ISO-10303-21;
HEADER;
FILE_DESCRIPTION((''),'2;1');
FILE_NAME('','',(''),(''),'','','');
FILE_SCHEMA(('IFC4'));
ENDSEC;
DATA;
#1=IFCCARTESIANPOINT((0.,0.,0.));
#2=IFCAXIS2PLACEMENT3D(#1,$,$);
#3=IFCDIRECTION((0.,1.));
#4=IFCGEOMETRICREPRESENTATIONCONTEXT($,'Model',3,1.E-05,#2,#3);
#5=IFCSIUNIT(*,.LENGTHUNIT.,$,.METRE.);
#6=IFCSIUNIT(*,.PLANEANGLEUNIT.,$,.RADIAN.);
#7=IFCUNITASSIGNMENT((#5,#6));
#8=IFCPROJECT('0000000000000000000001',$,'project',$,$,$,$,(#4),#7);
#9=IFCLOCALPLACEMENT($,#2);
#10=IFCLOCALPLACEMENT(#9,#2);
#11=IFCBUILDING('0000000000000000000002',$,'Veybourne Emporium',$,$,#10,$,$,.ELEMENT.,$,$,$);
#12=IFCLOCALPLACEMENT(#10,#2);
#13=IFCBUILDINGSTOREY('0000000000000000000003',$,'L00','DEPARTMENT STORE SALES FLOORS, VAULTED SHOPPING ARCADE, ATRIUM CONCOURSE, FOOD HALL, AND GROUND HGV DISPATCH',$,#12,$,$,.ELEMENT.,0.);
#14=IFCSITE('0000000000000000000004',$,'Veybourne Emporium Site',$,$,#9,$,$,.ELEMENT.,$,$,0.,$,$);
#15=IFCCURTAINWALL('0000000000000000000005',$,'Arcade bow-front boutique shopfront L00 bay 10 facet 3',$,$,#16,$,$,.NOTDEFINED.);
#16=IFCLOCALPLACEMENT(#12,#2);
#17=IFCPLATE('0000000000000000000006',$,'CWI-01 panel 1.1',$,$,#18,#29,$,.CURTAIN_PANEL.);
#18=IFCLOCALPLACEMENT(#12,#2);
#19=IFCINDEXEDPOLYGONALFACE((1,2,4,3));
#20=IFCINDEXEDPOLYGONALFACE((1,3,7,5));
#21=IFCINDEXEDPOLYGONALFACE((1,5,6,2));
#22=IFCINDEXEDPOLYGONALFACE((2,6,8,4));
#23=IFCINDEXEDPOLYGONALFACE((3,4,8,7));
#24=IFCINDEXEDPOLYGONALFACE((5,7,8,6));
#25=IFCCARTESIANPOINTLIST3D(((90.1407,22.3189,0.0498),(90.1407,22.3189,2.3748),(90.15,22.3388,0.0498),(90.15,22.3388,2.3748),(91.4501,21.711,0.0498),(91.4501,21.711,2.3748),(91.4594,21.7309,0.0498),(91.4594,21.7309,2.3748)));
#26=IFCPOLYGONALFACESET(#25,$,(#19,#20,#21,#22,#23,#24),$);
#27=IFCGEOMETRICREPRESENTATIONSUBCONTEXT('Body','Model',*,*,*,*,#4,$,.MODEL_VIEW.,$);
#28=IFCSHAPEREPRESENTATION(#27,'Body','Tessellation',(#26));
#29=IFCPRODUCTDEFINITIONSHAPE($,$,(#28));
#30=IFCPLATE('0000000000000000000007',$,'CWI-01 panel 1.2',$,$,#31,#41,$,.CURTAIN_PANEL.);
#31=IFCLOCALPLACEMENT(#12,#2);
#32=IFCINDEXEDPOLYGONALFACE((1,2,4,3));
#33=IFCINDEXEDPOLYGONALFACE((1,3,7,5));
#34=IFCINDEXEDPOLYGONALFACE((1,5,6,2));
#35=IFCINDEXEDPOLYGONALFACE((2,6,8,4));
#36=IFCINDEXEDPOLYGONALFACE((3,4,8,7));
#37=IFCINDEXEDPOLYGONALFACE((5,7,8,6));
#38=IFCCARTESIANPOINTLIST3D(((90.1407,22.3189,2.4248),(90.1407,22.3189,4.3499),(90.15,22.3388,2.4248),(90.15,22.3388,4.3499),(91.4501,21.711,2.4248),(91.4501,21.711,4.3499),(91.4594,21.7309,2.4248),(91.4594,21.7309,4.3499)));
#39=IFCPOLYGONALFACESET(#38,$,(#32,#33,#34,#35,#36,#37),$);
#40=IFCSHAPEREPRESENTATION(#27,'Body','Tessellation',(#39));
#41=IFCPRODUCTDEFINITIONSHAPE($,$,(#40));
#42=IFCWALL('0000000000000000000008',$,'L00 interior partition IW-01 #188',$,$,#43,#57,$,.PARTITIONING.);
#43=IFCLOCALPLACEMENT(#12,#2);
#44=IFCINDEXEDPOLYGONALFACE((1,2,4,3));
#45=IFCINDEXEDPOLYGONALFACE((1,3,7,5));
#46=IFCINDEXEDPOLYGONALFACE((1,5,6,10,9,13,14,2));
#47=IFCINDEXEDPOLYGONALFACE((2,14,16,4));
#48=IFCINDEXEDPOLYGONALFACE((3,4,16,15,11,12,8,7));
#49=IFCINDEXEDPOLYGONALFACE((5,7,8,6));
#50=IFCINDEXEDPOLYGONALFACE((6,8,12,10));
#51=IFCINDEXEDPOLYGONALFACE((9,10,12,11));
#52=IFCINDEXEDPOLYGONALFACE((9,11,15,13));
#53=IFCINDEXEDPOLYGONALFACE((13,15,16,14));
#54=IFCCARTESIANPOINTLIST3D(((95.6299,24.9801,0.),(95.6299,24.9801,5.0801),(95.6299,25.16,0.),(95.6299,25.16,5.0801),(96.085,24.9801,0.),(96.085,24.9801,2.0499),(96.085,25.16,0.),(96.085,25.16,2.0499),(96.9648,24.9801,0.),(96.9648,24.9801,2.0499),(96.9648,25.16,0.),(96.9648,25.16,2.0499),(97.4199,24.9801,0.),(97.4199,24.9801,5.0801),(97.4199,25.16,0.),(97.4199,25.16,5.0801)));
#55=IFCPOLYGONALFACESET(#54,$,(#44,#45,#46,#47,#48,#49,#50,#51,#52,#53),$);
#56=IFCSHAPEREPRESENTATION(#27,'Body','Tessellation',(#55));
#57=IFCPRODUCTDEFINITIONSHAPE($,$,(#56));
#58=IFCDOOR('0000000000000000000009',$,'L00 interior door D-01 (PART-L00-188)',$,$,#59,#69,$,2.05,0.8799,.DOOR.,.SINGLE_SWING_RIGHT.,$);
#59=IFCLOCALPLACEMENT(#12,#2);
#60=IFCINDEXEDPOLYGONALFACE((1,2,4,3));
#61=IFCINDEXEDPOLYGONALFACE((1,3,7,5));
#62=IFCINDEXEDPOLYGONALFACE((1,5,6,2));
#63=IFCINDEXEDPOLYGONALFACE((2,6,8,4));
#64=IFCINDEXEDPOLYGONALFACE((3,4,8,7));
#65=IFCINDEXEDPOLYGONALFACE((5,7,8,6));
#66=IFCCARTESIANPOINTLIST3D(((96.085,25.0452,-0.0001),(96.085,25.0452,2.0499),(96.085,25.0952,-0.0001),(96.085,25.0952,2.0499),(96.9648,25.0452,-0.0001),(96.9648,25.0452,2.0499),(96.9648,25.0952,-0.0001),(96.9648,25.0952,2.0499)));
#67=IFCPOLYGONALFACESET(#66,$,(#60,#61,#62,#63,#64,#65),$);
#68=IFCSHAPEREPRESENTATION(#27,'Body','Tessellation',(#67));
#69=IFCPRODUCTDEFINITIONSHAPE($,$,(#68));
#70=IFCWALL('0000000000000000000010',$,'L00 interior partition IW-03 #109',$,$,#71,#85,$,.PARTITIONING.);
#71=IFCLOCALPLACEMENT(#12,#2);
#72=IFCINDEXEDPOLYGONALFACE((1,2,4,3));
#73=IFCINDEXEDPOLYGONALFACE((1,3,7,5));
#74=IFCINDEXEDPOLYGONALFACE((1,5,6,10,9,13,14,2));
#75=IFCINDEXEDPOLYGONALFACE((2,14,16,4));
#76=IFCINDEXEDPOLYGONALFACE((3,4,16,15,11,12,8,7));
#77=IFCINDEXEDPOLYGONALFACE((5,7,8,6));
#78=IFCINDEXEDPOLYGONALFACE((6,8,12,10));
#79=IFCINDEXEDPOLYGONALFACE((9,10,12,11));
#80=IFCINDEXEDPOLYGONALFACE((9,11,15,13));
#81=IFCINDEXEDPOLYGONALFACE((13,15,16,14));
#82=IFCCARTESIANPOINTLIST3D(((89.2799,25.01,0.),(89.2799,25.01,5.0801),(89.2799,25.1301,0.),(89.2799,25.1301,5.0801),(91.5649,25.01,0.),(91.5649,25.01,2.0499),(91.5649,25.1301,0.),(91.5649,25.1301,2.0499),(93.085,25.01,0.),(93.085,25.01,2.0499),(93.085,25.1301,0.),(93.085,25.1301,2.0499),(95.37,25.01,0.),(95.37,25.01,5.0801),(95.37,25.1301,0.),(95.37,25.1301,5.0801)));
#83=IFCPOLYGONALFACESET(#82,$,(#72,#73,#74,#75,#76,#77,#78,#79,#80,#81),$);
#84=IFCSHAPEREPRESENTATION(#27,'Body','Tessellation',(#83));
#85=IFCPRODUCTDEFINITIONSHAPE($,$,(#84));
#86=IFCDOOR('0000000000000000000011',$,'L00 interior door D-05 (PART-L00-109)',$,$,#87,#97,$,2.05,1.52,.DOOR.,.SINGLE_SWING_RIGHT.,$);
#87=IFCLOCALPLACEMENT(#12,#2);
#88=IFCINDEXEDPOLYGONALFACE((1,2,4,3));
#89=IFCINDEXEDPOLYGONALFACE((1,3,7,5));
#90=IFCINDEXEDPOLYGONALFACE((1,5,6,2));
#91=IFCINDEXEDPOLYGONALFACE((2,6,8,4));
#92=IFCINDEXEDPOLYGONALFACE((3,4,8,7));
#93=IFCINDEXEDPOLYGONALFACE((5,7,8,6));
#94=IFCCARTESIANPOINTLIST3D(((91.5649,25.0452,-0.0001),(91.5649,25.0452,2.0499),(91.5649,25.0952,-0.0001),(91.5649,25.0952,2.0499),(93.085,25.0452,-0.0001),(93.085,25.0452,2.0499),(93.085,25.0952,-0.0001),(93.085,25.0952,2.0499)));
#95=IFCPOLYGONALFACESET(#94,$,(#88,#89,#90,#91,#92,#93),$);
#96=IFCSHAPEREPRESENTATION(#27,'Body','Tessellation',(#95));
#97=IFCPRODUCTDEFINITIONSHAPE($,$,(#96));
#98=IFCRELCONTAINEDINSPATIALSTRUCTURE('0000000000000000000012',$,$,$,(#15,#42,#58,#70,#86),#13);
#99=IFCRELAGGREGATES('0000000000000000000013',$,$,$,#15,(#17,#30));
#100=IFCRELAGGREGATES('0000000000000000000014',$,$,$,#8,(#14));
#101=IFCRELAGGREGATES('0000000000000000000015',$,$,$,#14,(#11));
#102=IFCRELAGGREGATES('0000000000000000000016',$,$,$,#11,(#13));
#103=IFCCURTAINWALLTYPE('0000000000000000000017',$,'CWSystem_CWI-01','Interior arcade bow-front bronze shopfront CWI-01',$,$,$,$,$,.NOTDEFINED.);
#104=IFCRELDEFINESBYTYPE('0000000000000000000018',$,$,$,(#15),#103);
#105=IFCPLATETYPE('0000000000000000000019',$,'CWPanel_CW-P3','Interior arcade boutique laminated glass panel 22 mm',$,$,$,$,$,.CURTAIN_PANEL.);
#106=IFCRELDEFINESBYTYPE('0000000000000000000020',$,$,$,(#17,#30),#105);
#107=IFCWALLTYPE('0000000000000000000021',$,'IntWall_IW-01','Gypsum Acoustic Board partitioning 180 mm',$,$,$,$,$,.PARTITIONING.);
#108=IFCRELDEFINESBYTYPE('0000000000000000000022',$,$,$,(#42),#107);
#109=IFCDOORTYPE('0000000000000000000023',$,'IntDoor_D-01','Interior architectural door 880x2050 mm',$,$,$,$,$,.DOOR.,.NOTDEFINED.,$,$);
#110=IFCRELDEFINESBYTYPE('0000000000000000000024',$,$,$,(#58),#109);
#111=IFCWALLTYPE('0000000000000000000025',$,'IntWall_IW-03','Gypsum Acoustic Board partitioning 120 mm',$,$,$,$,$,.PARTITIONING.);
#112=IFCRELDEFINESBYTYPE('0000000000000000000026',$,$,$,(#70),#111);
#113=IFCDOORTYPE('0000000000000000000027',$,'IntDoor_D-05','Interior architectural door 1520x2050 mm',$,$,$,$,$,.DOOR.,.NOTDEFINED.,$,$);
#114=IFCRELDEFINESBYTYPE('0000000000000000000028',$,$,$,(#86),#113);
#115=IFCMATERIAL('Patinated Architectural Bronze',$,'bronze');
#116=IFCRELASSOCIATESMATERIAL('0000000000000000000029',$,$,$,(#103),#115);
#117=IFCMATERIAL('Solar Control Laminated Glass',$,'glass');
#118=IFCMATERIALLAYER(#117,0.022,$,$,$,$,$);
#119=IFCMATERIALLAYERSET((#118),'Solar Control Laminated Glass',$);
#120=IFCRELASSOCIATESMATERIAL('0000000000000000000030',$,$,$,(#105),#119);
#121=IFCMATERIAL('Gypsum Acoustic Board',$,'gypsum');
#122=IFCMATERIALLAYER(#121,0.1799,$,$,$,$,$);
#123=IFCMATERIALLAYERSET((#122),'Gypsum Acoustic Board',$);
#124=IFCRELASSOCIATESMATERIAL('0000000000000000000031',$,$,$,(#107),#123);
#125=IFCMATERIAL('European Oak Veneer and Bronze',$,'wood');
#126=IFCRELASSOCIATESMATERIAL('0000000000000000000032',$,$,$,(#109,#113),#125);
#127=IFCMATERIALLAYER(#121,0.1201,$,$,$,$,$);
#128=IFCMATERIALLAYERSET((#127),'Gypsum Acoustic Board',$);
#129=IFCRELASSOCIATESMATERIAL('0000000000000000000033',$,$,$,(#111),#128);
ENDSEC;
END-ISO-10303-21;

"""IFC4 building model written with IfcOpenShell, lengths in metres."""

from ifc_helpers import new_model, si_unit, direction, frame, frame_2d, origin, origin_2d, place, context, subcontext, project, spatial, rectangle, extrude, material, layer, layer_set, type_object, element, fill, aggregate, save


model = new_model("IFC4")

# Units and contexts
model_context = context("Model", 3, precision=1e-05, world=origin(), true_north=direction((0.0, 1.0)))
body_context = subcontext(model_context, "Body", "Model", "MODEL_VIEW")
ifc_project = project(units=[si_unit("LENGTHUNIT", "METRE"), si_unit("PLANEANGLEUNIT", "RADIAN")], contexts=[model_context])

# Site, building, storey
site_placement = place(None, origin())
site = spatial("IfcSite", under=ifc_project, at=site_placement, Name="Veybourne Emporium Site", CompositionType="ELEMENT", RefElevation=0.0)
building_placement = place(site_placement, origin())
building = spatial("IfcBuilding", under=site, at=building_placement, Name="Veybourne Emporium", CompositionType="ELEMENT")
storey_placement = place(building_placement, origin())
storey = spatial("IfcBuildingStorey", under=building, at=storey_placement, Name="L00", Description="DEPARTMENT STORE SALES FLOORS, VAULTED SHOPPING ARCADE, ATRIUM CONCOURSE, FOOD HALL, AND GROUND HGV DISPATCH", CompositionType="ELEMENT", Elevation=0.0)

# Shared definitions
ifc_material_1 = material(Name="Patinated Architectural Bronze", Category="bronze")

# Curtain wall
curtain_wall_type_1 = type_object("IfcCurtainWallType", Name="CWSystem_CWI-01", Description="Interior arcade bow-front bronze shopfront CWI-01", PredefinedType="NOTDEFINED", material=ifc_material_1)
curtain_wall_1_placement = place(storey_placement, origin())
curtain_wall_1 = element("IfcCurtainWall", 1, at=curtain_wall_1_placement, inside=storey, type_object=curtain_wall_type_1, Name="Arcade bow-front boutique shopfront L00 bay 10 facet 3", PredefinedType="NOTDEFINED")

# Plates
ifc_material_2 = material(Name="Solar Control Laminated Glass", Category="glass")
ifc_layer_1 = layer(ifc_material_2, 0.022)
ifc_layer_set_1 = layer_set([ifc_layer_1], Name="Solar Control Laminated Glass")
plate_type = type_object("IfcPlateType", Name="CWPanel_CW-P3", Description="Interior arcade boutique laminated glass panel 22 mm", PredefinedType="CURTAIN_PANEL", material=ifc_layer_set_1)
plate_1_placement = place(storey_placement, frame((90.8, 22.0249, 0.0498), z_axis=(0.0, 0.0, 1.0), x_axis=(0.907009, -0.421111, 0.0)))
plate_1 = element("IfcPlate", 2, at=plate_1_placement, type_object=plate_type, Name="CWI-01 panel 1.1", PredefinedType="CURTAIN_PANEL", context=body_context, shape_type="SweptSolid", body=[
    extrude(rectangle(XDim=1.4436, YDim=0.022, at=origin_2d()), origin(), (0.0, 0.0, 1.0), 2.325),
])
plate_2_placement = place(storey_placement, frame((90.8, 22.0249, 2.4248), z_axis=(0.0, 0.0, 1.0), x_axis=(0.907009, -0.421111, 0.0)))
plate_2 = element("IfcPlate", 3, at=plate_2_placement, type_object=plate_type, Name="CWI-01 panel 1.2", PredefinedType="CURTAIN_PANEL", context=body_context, shape_type="SweptSolid", body=[
    extrude(rectangle(XDim=1.4436, YDim=0.022, at=origin_2d()), origin(), (0.0, 0.0, 1.0), 1.925),
])
aggregate(curtain_wall_1, [plate_1, plate_2])

# Walls, openings, doors
ifc_material_3 = material(Name="Gypsum Acoustic Board", Category="gypsum")
ifc_layer_2 = layer(ifc_material_3, 0.1799)
ifc_layer_set_2 = layer_set([ifc_layer_2], Name="Gypsum Acoustic Board")
wall_type_1 = type_object("IfcWallType", Name="IntWall_IW-01", Description="Gypsum Acoustic Board partitioning 180 mm", PredefinedType="PARTITIONING", material=ifc_layer_set_2)
wall_1_placement = place(storey_placement, frame((95.6299, 25.0701, 0.0), z_axis=(0.0, 0.0, 1.0), x_axis=(1.0, 0.0, 0.0)))
wall_1 = element("IfcWall", 4, at=wall_1_placement, inside=storey, type_object=wall_type_1, Name="L00 interior partition IW-01 #188", PredefinedType="PARTITIONING", context=body_context, shape_type="SweptSolid", body=[
    extrude(rectangle(XDim=1.79, YDim=0.1799, at=frame_2d((0.895, 0.0))), origin(), (0.0, 0.0, 1.0), 5.0801),
])
opening_1_placement = place(wall_1_placement, frame((0.4551, 0.0, 0.0)))
opening_1 = element("IfcOpeningElement", 5, at=opening_1_placement, cuts=wall_1, PredefinedType="OPENING", context=body_context, shape_type="SweptSolid", body=[
    extrude(rectangle(XDim=0.8799, YDim=2.05, at=frame_2d((0.4399, 1.0249))), frame((0.0, 0.1099, 0.0), z_axis=(0.0, -1.0, 0.0), x_axis=(1.0, 0.0, 0.0)), (0.0, 0.0, 1.0), 0.22),
])
ifc_material_4 = material(Name="European Oak Veneer and Bronze", Category="wood")
door_type_1 = type_object("IfcDoorType", Name="IntDoor_D-01", Description="Interior architectural door 880x2050 mm", OperationType="NOTDEFINED", PredefinedType="DOOR", material=ifc_material_4)
door_1_placement = place(opening_1_placement, frame((0.8799, 0.0, 0.0), z_axis=(0.0, 0.0, 1.0), x_axis=(-1.0, 0.0, 0.0)))
door_1 = element("IfcDoor", 6, at=door_1_placement, inside=storey, type_object=door_type_1, Name="L00 interior door D-01 (PART-L00-188)", OperationType="SINGLE_SWING_RIGHT", OverallHeight=2.05, OverallWidth=0.8799, PredefinedType="DOOR", context=body_context, shape_type="SweptSolid", body=[
    extrude(rectangle(XDim=0.8799, YDim=2.05, at=frame_2d((0.4399, 1.0249))), frame((0.0, 0.0249, 0.0), z_axis=(0.0, -1.0, 0.0), x_axis=(1.0, 0.0, 0.0)), (0.0, 0.0, 1.0), 0.05),
])
fill(opening_1, door_1)
ifc_layer_3 = layer(ifc_material_3, 0.1201)
ifc_layer_set_3 = layer_set([ifc_layer_3], Name="Gypsum Acoustic Board")
wall_type_2 = type_object("IfcWallType", Name="IntWall_IW-03", Description="Gypsum Acoustic Board partitioning 120 mm", PredefinedType="PARTITIONING", material=ifc_layer_set_3)
wall_2_placement = place(storey_placement, frame((89.28, 25.0701, 0.0), z_axis=(0.0, 0.0, 1.0), x_axis=(1.0, 0.0, 0.0)))
wall_2 = element("IfcWall", 7, at=wall_2_placement, inside=storey, type_object=wall_type_2, Name="L00 interior partition IW-03 #109", PredefinedType="PARTITIONING", context=body_context, shape_type="SweptSolid", body=[
    extrude(rectangle(XDim=6.0901, YDim=0.1201, at=frame_2d((3.0449, 0.0))), origin(), (0.0, 0.0, 1.0), 5.0801),
])
opening_2_placement = place(wall_2_placement, frame((2.2849, 0.0, 0.0)))
opening_2 = element("IfcOpeningElement", 8, at=opening_2_placement, cuts=wall_2, PredefinedType="OPENING", context=body_context, shape_type="SweptSolid", body=[
    extrude(rectangle(XDim=1.52, YDim=2.05, at=frame_2d((0.76, 1.0249))), frame((0.0, 0.0801, 0.0), z_axis=(0.0, -1.0, 0.0), x_axis=(1.0, 0.0, 0.0)), (0.0, 0.0, 1.0), 0.1602),
])
door_type_2 = type_object("IfcDoorType", Name="IntDoor_D-05", Description="Interior architectural door 1520x2050 mm", OperationType="NOTDEFINED", PredefinedType="DOOR", material=ifc_material_4)
door_2_placement = place(opening_2_placement, frame((1.52, 0.0, 0.0), z_axis=(0.0, 0.0, 1.0), x_axis=(-1.0, 0.0, 0.0)))
door_2 = element("IfcDoor", 9, at=door_2_placement, inside=storey, type_object=door_type_2, Name="L00 interior door D-05 (PART-L00-109)", OperationType="SINGLE_SWING_RIGHT", OverallHeight=2.05, OverallWidth=1.52, PredefinedType="DOOR", context=body_context, shape_type="SweptSolid", body=[
    extrude(rectangle(XDim=1.52, YDim=2.05, at=frame_2d((0.76, 1.0249))), frame((0.0, 0.0249, 0.0), z_axis=(0.0, -1.0, 0.0), x_axis=(1.0, 0.0, 0.0)), (0.0, 0.0, 1.0), 0.05),
])
fill(opening_2, door_2)

save(model, "model.ifc")
